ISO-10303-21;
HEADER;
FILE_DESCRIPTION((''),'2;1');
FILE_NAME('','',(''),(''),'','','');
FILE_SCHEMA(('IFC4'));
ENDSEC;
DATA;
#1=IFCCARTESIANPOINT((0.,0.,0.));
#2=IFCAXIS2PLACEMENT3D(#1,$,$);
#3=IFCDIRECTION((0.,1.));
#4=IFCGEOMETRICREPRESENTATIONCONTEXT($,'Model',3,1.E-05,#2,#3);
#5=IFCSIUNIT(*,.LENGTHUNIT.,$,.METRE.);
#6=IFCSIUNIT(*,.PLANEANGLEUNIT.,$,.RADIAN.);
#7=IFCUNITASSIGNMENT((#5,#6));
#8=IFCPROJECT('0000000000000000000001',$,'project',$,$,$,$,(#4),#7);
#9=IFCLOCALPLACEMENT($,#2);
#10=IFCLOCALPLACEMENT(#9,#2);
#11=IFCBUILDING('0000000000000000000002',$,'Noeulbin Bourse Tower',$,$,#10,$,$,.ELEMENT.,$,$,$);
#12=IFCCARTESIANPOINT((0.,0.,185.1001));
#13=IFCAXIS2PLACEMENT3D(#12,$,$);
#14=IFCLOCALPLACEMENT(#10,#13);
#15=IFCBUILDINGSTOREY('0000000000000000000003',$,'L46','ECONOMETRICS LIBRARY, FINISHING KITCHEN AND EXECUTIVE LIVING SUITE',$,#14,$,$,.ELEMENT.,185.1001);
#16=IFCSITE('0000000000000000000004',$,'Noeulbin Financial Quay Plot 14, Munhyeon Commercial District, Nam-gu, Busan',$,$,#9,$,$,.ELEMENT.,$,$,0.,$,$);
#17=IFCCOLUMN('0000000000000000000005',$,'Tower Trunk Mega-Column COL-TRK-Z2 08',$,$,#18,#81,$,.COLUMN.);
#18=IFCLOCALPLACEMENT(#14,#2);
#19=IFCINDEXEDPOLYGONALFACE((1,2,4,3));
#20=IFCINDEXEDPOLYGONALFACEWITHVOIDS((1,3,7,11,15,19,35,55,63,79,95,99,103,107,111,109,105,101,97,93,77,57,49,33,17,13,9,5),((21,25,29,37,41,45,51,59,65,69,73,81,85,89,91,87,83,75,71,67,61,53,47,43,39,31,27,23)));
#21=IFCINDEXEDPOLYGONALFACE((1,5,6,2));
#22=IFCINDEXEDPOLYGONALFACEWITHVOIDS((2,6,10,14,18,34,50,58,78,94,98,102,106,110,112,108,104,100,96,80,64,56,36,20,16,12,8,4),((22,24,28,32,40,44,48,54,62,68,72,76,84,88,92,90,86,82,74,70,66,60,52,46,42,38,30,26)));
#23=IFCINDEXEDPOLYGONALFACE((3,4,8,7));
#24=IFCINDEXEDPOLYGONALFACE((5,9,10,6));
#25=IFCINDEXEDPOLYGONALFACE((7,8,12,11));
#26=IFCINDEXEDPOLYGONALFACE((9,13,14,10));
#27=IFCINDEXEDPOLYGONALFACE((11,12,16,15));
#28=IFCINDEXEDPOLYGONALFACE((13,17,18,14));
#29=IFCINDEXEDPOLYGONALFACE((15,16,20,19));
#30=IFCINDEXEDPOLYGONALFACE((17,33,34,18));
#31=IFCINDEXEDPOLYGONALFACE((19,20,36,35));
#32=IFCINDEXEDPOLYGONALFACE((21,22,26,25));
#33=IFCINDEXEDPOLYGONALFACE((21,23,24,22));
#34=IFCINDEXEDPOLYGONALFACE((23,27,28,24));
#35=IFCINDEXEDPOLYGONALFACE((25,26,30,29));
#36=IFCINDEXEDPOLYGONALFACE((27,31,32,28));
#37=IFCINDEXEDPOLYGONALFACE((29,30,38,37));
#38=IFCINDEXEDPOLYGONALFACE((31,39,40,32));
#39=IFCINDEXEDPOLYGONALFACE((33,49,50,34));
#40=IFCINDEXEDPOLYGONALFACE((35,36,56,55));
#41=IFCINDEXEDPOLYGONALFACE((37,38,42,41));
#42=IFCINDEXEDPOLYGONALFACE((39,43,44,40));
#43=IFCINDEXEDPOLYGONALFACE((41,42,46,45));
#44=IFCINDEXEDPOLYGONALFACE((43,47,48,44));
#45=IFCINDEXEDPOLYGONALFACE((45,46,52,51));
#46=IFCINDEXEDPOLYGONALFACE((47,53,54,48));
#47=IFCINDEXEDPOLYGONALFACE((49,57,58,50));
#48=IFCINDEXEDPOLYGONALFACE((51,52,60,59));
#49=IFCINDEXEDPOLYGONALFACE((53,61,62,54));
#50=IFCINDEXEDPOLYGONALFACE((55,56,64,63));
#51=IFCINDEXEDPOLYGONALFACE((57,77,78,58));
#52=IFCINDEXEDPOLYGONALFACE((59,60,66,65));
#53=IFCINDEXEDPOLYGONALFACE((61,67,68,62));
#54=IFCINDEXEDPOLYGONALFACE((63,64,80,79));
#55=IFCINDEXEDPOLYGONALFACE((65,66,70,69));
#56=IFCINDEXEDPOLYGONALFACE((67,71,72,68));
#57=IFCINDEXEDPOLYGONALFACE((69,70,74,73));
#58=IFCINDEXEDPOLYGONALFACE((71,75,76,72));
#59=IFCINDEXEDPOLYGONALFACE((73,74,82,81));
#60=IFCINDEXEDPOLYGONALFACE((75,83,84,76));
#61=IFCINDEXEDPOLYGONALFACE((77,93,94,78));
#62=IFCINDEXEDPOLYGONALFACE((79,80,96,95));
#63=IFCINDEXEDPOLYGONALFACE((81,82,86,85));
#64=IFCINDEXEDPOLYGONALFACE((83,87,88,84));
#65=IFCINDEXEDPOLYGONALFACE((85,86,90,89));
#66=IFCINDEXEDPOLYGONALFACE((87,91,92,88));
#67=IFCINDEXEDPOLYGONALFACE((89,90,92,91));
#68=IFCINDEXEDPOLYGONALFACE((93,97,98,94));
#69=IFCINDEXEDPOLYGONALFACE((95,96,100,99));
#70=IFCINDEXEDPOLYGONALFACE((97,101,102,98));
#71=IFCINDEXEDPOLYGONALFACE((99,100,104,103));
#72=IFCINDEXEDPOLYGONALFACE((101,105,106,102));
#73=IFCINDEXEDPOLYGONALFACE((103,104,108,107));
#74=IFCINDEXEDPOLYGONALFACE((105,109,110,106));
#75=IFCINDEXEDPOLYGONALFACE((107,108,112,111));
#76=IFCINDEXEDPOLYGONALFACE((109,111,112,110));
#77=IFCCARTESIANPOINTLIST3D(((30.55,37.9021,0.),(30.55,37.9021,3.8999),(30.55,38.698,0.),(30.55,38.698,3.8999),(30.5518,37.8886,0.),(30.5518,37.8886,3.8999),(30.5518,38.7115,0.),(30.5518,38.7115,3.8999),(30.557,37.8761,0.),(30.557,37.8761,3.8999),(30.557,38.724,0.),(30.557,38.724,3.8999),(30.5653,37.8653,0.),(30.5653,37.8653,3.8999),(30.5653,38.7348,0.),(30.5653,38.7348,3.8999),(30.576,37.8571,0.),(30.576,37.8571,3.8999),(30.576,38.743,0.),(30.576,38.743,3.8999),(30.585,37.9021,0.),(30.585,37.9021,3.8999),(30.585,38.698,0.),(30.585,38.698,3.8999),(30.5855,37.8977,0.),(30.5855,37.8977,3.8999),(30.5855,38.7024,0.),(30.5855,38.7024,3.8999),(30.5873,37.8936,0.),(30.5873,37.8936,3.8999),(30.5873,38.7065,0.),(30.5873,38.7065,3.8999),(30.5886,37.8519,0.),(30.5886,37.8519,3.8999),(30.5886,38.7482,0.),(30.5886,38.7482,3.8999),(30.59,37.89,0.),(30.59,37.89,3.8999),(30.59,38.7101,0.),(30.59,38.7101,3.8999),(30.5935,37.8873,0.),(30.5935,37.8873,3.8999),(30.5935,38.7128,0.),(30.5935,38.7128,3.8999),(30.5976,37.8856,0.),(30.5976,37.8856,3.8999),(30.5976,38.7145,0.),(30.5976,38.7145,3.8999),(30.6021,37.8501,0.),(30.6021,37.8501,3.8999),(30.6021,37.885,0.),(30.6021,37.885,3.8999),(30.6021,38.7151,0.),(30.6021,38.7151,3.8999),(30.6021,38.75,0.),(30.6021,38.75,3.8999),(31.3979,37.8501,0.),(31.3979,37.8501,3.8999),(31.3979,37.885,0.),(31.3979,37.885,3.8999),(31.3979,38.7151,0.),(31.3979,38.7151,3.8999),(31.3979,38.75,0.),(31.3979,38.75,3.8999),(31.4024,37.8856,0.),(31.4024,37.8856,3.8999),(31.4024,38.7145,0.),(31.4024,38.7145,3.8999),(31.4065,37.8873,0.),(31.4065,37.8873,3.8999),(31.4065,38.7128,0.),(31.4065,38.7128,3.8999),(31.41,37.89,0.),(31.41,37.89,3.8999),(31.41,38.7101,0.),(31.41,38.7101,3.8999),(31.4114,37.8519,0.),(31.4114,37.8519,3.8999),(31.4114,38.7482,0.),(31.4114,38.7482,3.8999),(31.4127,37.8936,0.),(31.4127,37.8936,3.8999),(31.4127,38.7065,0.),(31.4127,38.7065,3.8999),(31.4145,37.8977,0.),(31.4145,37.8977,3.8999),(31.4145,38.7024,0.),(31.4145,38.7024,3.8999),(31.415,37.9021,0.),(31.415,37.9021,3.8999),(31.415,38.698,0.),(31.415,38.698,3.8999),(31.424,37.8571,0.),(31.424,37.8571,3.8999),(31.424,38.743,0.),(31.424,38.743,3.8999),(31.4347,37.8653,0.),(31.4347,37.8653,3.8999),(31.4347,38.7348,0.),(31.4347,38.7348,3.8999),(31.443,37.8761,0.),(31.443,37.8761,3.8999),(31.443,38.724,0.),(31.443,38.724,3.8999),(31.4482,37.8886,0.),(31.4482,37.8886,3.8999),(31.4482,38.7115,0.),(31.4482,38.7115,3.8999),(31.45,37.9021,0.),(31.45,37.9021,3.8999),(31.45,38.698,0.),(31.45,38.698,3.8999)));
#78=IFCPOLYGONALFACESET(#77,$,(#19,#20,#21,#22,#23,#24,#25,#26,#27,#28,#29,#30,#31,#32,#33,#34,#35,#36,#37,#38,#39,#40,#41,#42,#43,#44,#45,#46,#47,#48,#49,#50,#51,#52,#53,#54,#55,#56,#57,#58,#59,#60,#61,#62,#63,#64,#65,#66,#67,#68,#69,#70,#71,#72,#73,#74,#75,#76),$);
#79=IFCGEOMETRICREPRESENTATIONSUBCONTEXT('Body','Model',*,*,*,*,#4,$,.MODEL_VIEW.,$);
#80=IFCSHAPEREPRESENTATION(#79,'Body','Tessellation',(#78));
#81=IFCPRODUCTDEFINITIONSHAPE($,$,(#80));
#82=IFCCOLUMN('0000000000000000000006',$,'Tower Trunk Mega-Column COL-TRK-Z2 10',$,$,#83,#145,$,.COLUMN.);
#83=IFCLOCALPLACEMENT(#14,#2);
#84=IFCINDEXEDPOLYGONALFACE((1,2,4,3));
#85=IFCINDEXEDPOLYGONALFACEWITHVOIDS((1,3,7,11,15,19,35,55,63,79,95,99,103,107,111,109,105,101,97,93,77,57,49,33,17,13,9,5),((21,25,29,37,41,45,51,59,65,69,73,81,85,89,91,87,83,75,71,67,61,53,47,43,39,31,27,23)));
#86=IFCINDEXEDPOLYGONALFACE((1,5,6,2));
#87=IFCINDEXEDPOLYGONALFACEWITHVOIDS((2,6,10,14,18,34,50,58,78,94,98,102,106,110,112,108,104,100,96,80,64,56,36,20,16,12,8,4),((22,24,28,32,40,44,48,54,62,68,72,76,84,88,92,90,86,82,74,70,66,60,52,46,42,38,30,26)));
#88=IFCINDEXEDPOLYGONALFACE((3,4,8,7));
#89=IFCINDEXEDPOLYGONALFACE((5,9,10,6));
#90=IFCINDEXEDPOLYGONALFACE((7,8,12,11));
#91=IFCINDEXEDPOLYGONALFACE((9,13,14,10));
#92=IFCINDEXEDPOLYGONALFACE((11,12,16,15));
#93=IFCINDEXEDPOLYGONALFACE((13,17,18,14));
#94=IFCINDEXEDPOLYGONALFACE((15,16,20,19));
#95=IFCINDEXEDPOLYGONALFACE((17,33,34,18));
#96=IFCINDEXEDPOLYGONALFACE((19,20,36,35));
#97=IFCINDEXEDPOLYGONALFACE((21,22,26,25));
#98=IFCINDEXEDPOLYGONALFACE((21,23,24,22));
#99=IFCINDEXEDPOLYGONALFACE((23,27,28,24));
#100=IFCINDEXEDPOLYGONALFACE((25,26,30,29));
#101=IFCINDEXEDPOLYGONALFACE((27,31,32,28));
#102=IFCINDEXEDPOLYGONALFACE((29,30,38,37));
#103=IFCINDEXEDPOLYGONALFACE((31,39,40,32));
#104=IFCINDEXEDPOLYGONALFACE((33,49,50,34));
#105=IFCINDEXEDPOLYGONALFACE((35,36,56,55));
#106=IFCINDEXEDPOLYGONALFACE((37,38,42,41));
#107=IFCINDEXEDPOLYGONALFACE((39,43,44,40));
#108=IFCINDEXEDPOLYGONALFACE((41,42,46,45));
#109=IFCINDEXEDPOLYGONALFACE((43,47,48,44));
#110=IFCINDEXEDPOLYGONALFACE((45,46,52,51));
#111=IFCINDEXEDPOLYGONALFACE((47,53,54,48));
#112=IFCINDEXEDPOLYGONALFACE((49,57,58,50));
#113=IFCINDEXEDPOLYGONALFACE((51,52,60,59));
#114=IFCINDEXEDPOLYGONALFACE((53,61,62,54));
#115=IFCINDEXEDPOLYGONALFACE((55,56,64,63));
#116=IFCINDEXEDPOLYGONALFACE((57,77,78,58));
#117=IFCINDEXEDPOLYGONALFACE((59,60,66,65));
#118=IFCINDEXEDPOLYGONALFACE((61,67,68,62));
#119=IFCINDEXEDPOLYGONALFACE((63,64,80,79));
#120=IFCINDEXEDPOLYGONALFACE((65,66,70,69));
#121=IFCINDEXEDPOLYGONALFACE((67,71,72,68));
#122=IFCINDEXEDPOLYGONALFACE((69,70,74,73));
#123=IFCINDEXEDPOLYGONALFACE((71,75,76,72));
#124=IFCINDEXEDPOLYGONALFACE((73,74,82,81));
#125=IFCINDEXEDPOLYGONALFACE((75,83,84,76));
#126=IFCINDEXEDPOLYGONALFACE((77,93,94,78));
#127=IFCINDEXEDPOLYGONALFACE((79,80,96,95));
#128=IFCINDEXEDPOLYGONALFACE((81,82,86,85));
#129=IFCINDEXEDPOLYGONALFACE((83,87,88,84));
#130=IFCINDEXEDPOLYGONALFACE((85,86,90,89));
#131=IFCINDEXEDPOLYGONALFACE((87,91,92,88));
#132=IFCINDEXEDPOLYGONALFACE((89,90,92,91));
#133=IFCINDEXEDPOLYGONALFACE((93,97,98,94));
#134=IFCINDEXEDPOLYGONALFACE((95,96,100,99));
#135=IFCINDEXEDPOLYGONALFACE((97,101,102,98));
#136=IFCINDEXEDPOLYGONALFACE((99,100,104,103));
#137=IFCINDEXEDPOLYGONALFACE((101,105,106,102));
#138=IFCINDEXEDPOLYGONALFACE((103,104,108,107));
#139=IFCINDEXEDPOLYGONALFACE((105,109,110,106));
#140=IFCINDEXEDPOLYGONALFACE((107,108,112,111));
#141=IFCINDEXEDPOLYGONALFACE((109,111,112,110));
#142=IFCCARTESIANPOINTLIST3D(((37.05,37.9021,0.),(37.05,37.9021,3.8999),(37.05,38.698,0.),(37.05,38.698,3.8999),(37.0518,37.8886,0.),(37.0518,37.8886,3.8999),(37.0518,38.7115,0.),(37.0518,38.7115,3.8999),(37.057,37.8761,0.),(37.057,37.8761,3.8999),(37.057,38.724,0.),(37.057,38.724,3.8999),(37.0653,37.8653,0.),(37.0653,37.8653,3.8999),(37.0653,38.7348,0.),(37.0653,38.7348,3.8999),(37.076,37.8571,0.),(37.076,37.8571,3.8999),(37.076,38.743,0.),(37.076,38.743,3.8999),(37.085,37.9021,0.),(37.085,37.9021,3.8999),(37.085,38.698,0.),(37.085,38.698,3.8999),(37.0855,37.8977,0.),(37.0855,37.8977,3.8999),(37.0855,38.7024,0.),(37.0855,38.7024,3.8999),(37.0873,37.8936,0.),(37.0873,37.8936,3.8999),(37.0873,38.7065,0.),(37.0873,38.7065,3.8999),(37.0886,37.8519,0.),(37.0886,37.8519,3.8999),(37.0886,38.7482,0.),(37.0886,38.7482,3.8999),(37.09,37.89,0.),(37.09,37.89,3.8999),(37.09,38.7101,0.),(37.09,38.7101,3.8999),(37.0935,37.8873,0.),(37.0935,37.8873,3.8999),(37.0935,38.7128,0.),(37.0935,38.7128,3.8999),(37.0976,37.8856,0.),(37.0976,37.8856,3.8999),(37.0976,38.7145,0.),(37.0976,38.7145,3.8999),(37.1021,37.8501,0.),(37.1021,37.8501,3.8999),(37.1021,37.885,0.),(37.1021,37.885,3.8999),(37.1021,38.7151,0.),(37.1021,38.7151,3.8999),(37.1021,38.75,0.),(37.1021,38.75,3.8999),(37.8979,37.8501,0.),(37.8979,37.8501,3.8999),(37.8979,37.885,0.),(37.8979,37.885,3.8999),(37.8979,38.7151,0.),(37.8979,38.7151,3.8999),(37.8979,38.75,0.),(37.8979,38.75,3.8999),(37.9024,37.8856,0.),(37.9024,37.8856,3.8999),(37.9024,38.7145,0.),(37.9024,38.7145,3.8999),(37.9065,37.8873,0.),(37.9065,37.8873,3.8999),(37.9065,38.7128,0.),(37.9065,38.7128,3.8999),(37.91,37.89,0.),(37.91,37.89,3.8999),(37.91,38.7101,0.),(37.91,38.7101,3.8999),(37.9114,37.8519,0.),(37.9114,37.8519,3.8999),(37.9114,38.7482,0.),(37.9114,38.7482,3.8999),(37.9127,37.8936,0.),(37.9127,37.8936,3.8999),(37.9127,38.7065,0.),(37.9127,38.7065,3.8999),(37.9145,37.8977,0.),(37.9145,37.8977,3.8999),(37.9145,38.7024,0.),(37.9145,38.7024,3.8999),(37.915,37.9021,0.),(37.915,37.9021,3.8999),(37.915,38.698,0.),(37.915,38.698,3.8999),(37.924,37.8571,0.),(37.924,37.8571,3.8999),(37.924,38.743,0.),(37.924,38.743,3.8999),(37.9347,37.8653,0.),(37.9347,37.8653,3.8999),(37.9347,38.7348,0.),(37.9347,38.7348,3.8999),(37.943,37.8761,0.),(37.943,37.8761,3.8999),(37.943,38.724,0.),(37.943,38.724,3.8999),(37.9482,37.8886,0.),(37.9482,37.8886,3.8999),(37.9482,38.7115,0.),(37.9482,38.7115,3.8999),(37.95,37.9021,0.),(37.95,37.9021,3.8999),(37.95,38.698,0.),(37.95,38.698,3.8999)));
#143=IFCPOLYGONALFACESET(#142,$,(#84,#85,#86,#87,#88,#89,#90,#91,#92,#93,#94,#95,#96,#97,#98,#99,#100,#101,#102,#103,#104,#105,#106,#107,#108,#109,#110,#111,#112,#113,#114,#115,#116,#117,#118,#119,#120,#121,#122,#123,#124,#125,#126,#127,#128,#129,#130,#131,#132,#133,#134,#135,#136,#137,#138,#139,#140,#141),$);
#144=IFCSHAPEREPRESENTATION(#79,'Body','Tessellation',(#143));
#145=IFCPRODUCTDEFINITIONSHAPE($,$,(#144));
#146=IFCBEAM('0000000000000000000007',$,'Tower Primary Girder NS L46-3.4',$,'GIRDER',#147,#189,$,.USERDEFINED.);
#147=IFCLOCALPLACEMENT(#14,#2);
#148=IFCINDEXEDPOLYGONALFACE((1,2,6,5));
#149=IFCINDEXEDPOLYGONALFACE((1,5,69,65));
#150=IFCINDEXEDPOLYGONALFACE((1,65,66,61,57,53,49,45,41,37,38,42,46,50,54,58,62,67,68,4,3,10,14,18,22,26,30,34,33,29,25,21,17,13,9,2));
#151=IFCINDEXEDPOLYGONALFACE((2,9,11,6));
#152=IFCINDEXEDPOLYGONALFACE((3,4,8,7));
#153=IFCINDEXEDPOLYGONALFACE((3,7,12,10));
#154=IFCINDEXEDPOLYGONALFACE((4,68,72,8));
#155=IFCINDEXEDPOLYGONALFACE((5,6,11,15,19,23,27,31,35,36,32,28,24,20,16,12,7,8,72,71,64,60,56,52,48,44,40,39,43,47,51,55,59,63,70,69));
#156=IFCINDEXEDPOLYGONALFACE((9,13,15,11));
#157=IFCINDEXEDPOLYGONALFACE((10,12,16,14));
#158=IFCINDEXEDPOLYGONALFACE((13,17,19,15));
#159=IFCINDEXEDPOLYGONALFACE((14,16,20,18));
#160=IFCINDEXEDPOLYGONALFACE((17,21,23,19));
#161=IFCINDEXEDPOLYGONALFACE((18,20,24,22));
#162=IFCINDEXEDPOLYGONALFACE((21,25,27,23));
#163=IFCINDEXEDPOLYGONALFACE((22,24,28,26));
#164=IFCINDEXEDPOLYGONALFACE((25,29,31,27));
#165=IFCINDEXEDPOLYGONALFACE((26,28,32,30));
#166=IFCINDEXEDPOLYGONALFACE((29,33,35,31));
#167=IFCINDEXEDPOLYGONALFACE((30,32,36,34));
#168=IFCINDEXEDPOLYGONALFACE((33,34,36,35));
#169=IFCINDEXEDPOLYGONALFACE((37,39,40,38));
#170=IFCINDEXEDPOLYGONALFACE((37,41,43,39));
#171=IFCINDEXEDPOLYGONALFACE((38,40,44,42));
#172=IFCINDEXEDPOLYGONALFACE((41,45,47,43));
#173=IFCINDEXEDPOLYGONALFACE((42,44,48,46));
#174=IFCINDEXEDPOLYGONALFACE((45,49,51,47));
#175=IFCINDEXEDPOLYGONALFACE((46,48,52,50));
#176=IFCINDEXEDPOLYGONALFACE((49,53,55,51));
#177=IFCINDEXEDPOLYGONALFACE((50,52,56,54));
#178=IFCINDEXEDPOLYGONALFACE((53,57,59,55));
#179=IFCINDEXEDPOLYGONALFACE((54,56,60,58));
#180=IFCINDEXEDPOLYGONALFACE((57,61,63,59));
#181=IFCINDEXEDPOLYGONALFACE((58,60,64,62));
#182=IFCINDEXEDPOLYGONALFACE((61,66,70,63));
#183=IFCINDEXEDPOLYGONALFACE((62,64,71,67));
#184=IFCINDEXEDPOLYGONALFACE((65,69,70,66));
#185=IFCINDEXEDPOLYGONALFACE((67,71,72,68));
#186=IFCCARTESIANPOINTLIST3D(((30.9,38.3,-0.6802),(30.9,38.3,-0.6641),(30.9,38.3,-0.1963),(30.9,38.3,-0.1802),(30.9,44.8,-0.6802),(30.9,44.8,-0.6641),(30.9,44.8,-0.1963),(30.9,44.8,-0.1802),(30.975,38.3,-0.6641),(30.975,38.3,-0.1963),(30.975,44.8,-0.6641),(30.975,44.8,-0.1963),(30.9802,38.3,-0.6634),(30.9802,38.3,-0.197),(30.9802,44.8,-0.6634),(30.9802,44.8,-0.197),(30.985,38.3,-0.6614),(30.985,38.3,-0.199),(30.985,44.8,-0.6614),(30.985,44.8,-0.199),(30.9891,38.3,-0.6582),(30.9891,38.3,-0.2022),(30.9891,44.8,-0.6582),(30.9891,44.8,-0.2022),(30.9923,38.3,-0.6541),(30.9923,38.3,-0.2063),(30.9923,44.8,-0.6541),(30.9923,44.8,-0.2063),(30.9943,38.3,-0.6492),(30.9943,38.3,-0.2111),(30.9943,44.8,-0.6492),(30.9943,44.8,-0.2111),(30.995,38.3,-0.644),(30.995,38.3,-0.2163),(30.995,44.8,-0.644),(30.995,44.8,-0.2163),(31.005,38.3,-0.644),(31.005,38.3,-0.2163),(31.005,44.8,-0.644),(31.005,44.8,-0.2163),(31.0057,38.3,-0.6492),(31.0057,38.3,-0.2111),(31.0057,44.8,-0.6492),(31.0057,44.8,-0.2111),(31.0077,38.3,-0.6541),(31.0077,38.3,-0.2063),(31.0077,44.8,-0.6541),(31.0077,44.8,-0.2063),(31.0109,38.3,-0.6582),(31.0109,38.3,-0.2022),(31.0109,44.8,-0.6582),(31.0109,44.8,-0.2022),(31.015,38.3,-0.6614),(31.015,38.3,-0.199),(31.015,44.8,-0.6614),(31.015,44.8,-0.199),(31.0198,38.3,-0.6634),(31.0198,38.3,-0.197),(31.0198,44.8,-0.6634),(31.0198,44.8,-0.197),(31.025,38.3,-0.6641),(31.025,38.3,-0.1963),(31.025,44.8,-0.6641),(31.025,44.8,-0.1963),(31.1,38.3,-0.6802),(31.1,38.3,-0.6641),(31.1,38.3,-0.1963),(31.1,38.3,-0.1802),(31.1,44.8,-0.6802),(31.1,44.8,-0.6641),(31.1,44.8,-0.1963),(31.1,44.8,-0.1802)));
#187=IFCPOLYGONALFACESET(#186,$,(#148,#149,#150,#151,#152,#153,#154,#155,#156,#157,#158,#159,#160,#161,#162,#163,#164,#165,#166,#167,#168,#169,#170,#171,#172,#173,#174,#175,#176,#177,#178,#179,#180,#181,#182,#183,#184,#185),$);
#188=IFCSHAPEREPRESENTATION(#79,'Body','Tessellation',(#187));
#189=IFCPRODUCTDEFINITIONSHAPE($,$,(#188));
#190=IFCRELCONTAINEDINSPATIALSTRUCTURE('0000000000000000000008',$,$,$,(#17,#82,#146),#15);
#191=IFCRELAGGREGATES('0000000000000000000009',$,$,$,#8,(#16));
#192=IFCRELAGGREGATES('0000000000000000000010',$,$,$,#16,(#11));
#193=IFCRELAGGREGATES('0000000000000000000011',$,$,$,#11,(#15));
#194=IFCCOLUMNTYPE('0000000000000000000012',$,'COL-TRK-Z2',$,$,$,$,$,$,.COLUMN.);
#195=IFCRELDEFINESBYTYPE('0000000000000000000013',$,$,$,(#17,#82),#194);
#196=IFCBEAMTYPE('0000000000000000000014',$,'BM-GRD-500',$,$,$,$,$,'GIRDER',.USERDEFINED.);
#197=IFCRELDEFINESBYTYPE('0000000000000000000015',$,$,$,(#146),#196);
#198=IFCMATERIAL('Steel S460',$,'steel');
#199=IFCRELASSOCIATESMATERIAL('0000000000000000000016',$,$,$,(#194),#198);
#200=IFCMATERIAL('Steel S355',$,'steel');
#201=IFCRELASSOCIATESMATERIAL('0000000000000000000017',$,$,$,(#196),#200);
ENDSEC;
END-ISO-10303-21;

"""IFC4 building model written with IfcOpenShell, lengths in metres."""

from ifc_helpers import new_model, si_unit, direction, frame, origin, origin_2d, place, context, subcontext, project, spatial, hollow_rectangle, i_section, extrude, material, material_profile, profile_set, type_object, element, save


model = new_model("IFC4")

# Units and contexts
model_context = context("Model", 3, precision=1e-05, world=origin(), true_north=direction((0.0, 1.0)))
body_context = subcontext(model_context, "Body", "Model", "MODEL_VIEW")
ifc_project = project(units=[si_unit("LENGTHUNIT", "METRE"), si_unit("PLANEANGLEUNIT", "RADIAN")], contexts=[model_context])

# Site, building, storey
site_placement = place(None, origin())
site = spatial("IfcSite", under=ifc_project, at=site_placement, Name="Noeulbin Financial Quay Plot 14, Munhyeon Commercial District, Nam-gu, Busan", CompositionType="ELEMENT", RefElevation=0.0)
building_placement = place(site_placement, origin())
building = spatial("IfcBuilding", under=site, at=building_placement, Name="Noeulbin Bourse Tower", CompositionType="ELEMENT")
storey_placement = place(building_placement, frame((0.0, 0.0, 185.1001)))
storey = spatial("IfcBuildingStorey", under=building, at=storey_placement, Name="L46", Description="ECONOMETRICS LIBRARY, FINISHING KITCHEN AND EXECUTIVE LIVING SUITE", CompositionType="ELEMENT", Elevation=185.1001)

# Columns
ifc_material_1 = material(Name="Steel S460", Category="steel")
ifc_material_profile_1 = material_profile(ifc_material_1, hollow_rectangle(XDim=0.8999, YDim=0.8999, WallThickness=0.0349, InnerFilletRadius=0.0171, OuterFilletRadius=0.052, at=origin_2d()), Name="BOX-900x900x35", Category="LoadBearing")
ifc_profile_set_1 = profile_set([ifc_material_profile_1], Name="Steel S460")
column_type = type_object("IfcColumnType", Name="COL-TRK-Z2", PredefinedType="COLUMN", material=ifc_profile_set_1)
for number, where, z_axis, x_axis, name in (
    (1, (31.0, 38.3, 0.0), (0.0, 0.0, 1.0), (1.0, 0.0, 0.0), "Tower Trunk Mega-Column COL-TRK-Z2 08"),
    (2, (37.5, 38.3, 0.0), (0.0, 0.0, 1.0), (1.0, 0.0, 0.0), "Tower Trunk Mega-Column COL-TRK-Z2 10"),
):
    element("IfcColumn", number, at=place(storey_placement, frame(where, z_axis=z_axis, x_axis=x_axis)), inside=storey, type_object=column_type, Name=name, PredefinedType="COLUMN", context=body_context, shape_type="SweptSolid", body=[
        extrude(hollow_rectangle(XDim=0.8999, YDim=0.8999, WallThickness=0.0349, InnerFilletRadius=0.0171, OuterFilletRadius=0.052, at=origin_2d()), origin(), (0.0, 0.0, 1.0), 3.8999),
    ])

# Beam
ifc_material_2 = material(Name="Steel S355", Category="steel")
ifc_material_profile_2 = material_profile(ifc_material_2, i_section(OverallWidth=0.2, OverallDepth=0.5, WebThickness=0.01, FlangeThickness=0.0161, FilletRadius=0.02, at=origin_2d()), Name="H-500x200x10x16", Category="LoadBearing")
ifc_profile_set_2 = profile_set([ifc_material_profile_2], Name="Steel S355")
beam_type_1 = type_object("IfcBeamType", Name="BM-GRD-500", ElementType="GIRDER", PredefinedType="USERDEFINED", material=ifc_profile_set_2)
for number, where, z_axis, x_axis, name in (
    (3, (31.0, 38.3, -0.4302), (0.0, 1.0, 0.0), (-1.0, 0.0, 0.0), "Tower Primary Girder NS L46-3.4"),
):
    element("IfcBeam", number, at=place(storey_placement, frame(where, z_axis=z_axis, x_axis=x_axis)), inside=storey, type_object=beam_type_1, Name=name, ObjectType="GIRDER", PredefinedType="USERDEFINED", context=body_context, shape_type="SweptSolid", body=[
        extrude(i_section(OverallWidth=0.2, OverallDepth=0.5, WebThickness=0.01, FlangeThickness=0.0161, FilletRadius=0.02, at=origin_2d()), origin(), (0.0, 0.0, 1.0), 6.5),
    ])

save(model, "model.ifc")
